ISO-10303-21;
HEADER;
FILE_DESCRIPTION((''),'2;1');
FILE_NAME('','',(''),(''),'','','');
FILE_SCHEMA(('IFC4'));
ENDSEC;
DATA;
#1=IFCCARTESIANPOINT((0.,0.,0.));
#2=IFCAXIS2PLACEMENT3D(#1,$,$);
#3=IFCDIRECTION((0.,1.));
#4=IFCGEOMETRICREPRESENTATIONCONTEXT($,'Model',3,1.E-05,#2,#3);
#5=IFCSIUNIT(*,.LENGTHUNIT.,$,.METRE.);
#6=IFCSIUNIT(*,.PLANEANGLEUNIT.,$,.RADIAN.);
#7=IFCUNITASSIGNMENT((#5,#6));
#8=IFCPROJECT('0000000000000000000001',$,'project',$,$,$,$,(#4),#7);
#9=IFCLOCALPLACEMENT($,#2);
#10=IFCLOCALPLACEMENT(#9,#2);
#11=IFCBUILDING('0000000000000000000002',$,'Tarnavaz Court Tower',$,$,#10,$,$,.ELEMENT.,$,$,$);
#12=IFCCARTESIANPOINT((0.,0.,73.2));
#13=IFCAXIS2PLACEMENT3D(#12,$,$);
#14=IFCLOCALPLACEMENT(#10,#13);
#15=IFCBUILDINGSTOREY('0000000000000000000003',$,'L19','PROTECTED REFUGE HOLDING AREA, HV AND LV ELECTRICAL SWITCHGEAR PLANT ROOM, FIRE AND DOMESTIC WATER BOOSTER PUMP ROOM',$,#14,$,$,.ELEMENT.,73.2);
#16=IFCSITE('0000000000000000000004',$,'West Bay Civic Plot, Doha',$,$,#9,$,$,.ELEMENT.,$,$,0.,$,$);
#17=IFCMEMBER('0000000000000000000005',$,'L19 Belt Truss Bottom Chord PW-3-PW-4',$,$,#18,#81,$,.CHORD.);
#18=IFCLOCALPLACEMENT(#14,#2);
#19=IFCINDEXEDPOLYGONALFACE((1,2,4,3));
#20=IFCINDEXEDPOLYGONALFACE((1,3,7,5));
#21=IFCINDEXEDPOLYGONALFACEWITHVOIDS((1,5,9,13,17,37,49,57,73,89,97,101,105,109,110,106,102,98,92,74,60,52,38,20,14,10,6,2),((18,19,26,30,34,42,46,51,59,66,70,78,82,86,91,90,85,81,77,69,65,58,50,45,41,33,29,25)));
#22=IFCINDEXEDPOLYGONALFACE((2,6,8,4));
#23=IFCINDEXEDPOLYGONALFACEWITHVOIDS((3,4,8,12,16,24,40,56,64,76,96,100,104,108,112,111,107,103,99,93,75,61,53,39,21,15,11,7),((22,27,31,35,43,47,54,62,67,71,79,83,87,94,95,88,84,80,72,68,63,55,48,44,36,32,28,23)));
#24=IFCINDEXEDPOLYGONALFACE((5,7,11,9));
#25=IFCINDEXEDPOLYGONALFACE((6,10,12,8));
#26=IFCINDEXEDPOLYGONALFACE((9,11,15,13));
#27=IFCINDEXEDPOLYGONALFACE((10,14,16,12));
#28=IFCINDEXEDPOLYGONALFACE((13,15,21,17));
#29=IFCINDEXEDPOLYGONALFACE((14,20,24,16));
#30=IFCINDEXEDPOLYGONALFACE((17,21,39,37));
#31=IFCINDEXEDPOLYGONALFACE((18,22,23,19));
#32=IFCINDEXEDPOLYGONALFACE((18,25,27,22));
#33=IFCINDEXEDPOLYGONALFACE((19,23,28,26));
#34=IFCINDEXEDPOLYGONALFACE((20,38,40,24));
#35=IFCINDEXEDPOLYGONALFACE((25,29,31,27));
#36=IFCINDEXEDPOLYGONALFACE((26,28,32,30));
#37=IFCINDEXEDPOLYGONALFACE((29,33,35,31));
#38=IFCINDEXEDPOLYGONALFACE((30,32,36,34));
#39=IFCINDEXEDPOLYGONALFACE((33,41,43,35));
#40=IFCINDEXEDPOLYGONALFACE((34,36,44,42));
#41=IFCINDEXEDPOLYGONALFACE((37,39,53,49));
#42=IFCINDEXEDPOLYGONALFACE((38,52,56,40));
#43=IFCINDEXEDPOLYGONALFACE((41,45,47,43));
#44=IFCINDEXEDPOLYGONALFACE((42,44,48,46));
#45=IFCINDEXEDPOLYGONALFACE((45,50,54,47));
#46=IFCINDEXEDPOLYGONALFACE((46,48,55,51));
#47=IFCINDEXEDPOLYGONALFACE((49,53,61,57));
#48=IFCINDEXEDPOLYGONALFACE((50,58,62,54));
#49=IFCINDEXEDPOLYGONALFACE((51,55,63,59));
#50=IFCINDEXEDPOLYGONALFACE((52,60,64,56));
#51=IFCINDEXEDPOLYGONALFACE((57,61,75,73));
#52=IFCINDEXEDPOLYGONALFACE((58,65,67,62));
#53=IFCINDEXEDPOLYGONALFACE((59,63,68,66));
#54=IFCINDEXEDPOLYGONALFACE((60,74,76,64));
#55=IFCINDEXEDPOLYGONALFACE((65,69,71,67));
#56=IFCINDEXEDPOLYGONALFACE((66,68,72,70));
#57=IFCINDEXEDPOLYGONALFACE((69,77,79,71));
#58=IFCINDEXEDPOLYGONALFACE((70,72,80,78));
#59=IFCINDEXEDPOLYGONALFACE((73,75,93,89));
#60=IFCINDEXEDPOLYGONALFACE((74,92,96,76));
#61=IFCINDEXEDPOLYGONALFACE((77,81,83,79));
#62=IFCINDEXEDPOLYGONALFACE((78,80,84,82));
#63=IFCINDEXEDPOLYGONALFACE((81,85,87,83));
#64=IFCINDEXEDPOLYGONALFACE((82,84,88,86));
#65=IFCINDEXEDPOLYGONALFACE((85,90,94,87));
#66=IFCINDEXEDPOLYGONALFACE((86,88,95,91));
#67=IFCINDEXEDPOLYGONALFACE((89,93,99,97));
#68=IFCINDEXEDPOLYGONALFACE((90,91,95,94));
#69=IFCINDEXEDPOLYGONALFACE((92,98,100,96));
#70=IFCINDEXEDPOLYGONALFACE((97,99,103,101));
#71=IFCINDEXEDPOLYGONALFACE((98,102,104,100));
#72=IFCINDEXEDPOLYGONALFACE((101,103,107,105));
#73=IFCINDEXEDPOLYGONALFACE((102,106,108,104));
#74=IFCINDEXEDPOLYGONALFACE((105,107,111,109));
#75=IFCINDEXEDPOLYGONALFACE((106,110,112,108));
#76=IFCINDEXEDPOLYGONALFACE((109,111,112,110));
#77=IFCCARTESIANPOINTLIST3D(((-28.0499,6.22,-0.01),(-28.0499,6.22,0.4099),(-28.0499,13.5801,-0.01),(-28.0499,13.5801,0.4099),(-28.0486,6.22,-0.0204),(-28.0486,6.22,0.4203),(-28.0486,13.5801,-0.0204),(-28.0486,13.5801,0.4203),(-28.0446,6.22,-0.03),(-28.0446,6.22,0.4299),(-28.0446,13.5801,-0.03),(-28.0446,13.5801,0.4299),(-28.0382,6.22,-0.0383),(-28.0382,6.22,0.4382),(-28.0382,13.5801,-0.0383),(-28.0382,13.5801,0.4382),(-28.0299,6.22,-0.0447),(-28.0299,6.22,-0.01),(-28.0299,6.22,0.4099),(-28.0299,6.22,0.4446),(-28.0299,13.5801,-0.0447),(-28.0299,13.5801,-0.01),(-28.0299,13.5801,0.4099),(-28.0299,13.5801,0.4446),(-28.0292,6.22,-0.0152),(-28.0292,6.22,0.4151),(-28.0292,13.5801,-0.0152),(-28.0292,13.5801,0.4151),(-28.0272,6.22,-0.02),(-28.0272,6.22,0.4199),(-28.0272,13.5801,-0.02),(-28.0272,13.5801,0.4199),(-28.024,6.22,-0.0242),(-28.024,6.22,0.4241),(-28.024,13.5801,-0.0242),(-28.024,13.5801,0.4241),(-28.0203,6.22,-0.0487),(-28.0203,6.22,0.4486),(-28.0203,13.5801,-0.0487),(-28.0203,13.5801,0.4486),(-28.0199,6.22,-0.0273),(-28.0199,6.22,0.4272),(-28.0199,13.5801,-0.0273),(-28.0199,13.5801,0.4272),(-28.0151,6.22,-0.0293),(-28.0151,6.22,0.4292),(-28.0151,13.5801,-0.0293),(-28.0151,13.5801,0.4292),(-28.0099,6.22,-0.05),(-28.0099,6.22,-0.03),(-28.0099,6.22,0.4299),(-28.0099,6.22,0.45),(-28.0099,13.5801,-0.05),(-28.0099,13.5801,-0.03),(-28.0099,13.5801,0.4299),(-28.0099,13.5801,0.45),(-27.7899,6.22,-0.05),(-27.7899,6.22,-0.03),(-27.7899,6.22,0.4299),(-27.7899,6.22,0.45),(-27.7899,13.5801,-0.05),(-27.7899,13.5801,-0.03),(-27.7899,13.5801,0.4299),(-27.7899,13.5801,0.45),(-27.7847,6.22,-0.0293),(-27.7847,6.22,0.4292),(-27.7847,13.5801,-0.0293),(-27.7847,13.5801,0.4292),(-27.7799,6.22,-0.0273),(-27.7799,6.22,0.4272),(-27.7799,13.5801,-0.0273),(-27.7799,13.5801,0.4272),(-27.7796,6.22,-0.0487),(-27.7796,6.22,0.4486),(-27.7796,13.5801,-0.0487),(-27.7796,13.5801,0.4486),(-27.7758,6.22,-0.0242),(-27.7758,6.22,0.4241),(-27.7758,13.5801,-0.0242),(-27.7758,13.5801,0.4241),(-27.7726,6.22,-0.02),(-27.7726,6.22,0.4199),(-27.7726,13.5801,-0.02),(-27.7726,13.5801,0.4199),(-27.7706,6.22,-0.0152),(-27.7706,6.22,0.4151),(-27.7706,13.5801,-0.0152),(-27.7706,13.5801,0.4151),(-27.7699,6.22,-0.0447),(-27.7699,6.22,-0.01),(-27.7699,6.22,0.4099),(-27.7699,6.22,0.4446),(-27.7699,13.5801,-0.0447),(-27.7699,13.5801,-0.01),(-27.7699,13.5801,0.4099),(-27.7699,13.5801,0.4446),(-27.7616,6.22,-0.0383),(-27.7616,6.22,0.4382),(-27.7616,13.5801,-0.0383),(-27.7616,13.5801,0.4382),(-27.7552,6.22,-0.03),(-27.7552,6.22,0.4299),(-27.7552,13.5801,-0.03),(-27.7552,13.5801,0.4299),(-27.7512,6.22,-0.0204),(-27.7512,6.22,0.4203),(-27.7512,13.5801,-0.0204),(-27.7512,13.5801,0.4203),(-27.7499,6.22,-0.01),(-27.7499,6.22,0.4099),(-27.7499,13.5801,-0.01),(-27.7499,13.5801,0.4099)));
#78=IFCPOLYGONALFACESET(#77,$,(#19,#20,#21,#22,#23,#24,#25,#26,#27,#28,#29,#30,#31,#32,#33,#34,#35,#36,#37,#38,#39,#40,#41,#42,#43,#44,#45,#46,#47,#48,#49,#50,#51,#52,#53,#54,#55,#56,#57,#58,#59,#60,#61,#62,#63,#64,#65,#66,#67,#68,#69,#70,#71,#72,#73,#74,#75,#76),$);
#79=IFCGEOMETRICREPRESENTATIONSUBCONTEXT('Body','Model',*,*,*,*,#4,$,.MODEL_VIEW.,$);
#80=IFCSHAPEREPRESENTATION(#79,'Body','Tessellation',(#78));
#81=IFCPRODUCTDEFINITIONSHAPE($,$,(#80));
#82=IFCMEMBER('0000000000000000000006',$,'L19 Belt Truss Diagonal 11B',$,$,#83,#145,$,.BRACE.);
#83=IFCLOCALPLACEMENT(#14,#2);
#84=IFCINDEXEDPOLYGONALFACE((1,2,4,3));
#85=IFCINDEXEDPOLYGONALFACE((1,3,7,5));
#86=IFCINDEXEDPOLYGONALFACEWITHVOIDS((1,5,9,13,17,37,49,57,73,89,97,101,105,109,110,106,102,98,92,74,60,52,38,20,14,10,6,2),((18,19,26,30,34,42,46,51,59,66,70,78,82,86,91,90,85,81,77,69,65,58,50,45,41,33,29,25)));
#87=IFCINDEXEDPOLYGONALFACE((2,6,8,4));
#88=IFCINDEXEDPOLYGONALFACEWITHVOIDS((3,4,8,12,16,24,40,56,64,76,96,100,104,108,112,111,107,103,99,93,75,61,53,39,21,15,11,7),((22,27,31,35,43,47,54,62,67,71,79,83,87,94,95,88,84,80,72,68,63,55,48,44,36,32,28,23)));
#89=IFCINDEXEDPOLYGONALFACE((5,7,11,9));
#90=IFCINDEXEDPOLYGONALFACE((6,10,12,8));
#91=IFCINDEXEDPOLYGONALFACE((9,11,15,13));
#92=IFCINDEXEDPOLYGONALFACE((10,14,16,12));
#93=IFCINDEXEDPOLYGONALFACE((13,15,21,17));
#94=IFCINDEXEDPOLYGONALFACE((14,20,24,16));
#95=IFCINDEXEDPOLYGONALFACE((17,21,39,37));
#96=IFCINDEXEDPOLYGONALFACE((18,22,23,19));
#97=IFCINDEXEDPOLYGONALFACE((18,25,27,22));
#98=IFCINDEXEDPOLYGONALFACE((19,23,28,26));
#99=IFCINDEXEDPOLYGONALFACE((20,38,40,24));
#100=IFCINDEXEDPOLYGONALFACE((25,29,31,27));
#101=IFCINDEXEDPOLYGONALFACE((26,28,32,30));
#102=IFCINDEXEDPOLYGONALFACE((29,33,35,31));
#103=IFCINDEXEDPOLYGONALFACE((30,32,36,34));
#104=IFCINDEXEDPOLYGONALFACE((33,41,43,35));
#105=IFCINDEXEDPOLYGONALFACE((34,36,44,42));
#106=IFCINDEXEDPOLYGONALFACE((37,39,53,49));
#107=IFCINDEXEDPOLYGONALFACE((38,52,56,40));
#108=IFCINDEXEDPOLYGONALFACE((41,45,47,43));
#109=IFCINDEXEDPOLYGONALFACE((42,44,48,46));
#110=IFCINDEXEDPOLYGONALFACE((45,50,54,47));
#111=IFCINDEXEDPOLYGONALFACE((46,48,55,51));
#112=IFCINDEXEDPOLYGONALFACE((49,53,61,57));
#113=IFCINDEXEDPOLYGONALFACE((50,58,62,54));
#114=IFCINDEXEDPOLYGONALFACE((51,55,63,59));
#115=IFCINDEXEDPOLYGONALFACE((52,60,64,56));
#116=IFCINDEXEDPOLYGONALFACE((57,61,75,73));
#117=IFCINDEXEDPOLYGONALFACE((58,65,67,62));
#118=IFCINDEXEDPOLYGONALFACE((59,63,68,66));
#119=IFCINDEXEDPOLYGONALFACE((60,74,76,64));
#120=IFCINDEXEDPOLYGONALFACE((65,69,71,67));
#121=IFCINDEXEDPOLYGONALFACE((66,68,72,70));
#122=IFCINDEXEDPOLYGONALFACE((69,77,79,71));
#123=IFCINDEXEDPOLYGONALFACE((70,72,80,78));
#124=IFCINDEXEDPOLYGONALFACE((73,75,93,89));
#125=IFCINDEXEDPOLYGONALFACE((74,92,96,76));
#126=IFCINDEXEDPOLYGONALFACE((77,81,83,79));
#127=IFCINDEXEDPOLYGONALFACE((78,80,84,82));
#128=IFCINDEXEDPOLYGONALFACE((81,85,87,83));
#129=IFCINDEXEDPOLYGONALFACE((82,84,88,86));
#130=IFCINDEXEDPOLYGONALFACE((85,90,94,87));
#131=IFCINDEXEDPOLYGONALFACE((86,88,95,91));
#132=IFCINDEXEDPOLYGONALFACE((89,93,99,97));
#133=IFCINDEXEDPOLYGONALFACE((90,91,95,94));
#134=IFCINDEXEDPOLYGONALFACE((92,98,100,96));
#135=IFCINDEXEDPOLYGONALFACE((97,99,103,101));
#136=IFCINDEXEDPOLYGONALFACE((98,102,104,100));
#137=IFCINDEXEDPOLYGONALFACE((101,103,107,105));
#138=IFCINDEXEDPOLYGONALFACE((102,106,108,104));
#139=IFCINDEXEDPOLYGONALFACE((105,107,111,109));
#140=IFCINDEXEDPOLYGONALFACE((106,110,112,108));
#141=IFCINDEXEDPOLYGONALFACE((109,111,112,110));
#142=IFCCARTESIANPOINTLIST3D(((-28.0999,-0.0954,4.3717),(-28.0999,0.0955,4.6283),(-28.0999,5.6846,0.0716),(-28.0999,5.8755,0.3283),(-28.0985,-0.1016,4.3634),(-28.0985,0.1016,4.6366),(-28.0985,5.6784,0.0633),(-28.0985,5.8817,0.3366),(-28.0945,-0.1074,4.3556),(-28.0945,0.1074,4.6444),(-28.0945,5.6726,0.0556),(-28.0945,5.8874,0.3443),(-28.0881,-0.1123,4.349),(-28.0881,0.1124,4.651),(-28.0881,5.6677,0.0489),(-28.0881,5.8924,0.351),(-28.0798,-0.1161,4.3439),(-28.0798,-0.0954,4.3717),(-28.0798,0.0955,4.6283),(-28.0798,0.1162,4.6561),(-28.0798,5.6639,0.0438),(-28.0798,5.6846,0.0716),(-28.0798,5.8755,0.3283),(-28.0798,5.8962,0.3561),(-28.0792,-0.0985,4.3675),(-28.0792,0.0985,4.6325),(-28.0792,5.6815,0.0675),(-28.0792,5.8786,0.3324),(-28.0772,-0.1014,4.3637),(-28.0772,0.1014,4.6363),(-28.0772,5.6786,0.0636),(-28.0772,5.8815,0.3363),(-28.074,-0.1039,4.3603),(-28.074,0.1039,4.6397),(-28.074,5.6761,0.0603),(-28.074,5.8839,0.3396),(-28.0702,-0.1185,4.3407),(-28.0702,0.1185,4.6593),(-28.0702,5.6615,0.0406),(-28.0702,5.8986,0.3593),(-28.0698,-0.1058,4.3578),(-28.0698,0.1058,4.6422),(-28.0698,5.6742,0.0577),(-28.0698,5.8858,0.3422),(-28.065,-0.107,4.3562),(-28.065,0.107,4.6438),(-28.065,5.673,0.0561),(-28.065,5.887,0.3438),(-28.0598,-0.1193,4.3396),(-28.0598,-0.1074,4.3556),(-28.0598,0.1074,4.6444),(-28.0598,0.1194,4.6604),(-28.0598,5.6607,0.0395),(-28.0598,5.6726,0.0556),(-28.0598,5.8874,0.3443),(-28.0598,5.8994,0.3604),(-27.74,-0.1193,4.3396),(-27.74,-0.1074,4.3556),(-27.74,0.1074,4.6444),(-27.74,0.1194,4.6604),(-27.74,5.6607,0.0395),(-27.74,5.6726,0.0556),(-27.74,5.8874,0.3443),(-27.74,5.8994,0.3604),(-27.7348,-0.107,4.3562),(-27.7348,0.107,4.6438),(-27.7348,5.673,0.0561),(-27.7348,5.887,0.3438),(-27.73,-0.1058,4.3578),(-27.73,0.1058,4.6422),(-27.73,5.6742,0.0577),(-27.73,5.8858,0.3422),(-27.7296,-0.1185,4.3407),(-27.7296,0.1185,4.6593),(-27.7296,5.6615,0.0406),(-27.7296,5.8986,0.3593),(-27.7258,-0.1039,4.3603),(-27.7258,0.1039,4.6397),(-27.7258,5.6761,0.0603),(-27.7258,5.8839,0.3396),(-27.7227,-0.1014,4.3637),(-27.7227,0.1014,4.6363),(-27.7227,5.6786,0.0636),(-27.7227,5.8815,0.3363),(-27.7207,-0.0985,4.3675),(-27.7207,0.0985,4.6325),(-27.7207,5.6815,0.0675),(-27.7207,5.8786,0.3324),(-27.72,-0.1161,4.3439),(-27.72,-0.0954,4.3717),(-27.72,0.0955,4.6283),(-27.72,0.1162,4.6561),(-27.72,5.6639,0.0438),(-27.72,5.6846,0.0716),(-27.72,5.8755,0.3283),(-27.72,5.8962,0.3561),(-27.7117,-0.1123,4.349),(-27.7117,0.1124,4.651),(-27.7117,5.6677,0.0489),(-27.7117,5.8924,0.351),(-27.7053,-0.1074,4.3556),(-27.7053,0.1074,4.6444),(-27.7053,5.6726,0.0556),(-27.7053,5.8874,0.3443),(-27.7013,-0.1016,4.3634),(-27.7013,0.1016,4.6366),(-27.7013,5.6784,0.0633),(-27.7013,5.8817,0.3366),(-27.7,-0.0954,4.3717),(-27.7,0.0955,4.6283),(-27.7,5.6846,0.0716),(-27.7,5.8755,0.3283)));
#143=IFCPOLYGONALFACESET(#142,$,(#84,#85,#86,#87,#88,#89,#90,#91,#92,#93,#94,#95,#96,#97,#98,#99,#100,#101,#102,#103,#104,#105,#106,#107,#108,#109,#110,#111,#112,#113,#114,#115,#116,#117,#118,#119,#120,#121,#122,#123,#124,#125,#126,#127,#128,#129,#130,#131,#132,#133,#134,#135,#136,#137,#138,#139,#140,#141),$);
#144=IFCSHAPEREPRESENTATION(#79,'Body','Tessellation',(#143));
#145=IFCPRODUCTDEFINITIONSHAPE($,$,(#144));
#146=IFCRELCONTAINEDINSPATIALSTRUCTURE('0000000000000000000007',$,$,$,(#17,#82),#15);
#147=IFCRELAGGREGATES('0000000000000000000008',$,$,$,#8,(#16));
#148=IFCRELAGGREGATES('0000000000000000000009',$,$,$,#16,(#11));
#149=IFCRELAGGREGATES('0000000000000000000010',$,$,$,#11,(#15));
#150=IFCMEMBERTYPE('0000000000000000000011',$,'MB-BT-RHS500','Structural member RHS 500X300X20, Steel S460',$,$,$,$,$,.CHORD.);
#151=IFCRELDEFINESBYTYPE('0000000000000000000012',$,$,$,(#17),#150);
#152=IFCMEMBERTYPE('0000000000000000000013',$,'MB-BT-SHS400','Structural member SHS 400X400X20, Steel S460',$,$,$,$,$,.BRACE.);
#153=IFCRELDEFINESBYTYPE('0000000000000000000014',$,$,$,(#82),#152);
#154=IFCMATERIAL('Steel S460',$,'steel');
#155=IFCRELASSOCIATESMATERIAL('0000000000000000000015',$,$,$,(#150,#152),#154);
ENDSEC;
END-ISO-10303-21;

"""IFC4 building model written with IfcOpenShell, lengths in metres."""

from ifc_helpers import new_model, si_unit, direction, frame, origin, origin_2d, place, context, subcontext, project, spatial, hollow_rectangle, extrude, material, material_profile, profile_set, type_object, element, save


model = new_model("IFC4")

# Units and contexts
model_context = context("Model", 3, precision=1e-05, world=origin(), true_north=direction((0.0, 1.0)))
body_context = subcontext(model_context, "Body", "Model", "MODEL_VIEW")
ifc_project = project(units=[si_unit("LENGTHUNIT", "METRE"), si_unit("PLANEANGLEUNIT", "RADIAN")], contexts=[model_context])

# Site, building, storey
site_placement = place(None, origin())
site = spatial("IfcSite", under=ifc_project, at=site_placement, Name="West Bay Civic Plot, Doha", CompositionType="ELEMENT", RefElevation=0.0)
building_placement = place(site_placement, origin())
building = spatial("IfcBuilding", under=site, at=building_placement, Name="Tarnavaz Court Tower", CompositionType="ELEMENT")
storey_placement = place(building_placement, frame((0.0, 0.0, 73.2)))
storey = spatial("IfcBuildingStorey", under=building, at=storey_placement, Name="L19", Description="PROTECTED REFUGE HOLDING AREA, HV AND LV ELECTRICAL SWITCHGEAR PLANT ROOM, FIRE AND DOMESTIC WATER BOOSTER PUMP ROOM", CompositionType="ELEMENT", Elevation=73.2)

# Shared definitions
ifc_material_1 = material(Name="Steel S460", Category="steel")

# Members
ifc_material_profile_1 = material_profile(ifc_material_1, hollow_rectangle(XDim=0.3, YDim=0.5, WallThickness=0.02, InnerFilletRadius=0.02, OuterFilletRadius=0.04, at=origin_2d()), Name="RHS 500X300X20")
ifc_profile_set_1 = profile_set([ifc_material_profile_1], Name="Steel S460")
member_type_1 = type_object("IfcMemberType", Name="MB-BT-RHS500", Description="Structural member RHS 500X300X20, Steel S460", PredefinedType="CHORD", material=ifc_profile_set_1)
member_1_placement = place(storey_placement, frame((-27.8999, 6.22, 0.2), z_axis=(0.0, 1.0, 0.0), x_axis=(-1.0, 0.0, 0.0)))
element("IfcMember", 1, at=member_1_placement, inside=storey, type_object=member_type_1, Name="L19 Belt Truss Bottom Chord PW-3-PW-4", PredefinedType="CHORD", context=body_context, shape_type="SweptSolid", body=[
    extrude(hollow_rectangle(XDim=0.3, YDim=0.5, WallThickness=0.02, InnerFilletRadius=0.02, OuterFilletRadius=0.04, at=origin_2d()), origin(), (0.0, 0.0, 1.0), 7.3601),
])
ifc_material_profile_2 = material_profile(ifc_material_1, hollow_rectangle(XDim=0.3999, YDim=0.3999, WallThickness=0.02, InnerFilletRadius=0.02, OuterFilletRadius=0.04, at=origin_2d()), Name="SHS 400X400X20")
ifc_profile_set_2 = profile_set([ifc_material_profile_2], Name="Steel S460")
member_type_2 = type_object("IfcMemberType", Name="MB-BT-SHS400", Description="Structural member SHS 400X400X20, Steel S460", PredefinedType="BRACE", material=ifc_profile_set_2)
member_2_placement = place(storey_placement, frame((-27.8999, 5.78, 0.2), z_axis=(0.0, -0.802324, 0.596889), x_axis=(1.0, 0.0, 0.0)))
element("IfcMember", 2, at=member_2_placement, inside=storey, type_object=member_type_2, Name="L19 Belt Truss Diagonal 11B", PredefinedType="BRACE", context=body_context, shape_type="SweptSolid", body=[
    extrude(hollow_rectangle(XDim=0.3999, YDim=0.3999, WallThickness=0.02, InnerFilletRadius=0.02, OuterFilletRadius=0.04, at=origin_2d()), origin(), (0.0, 0.0, 1.0), 7.2041),
])

save(model, "model.ifc")
